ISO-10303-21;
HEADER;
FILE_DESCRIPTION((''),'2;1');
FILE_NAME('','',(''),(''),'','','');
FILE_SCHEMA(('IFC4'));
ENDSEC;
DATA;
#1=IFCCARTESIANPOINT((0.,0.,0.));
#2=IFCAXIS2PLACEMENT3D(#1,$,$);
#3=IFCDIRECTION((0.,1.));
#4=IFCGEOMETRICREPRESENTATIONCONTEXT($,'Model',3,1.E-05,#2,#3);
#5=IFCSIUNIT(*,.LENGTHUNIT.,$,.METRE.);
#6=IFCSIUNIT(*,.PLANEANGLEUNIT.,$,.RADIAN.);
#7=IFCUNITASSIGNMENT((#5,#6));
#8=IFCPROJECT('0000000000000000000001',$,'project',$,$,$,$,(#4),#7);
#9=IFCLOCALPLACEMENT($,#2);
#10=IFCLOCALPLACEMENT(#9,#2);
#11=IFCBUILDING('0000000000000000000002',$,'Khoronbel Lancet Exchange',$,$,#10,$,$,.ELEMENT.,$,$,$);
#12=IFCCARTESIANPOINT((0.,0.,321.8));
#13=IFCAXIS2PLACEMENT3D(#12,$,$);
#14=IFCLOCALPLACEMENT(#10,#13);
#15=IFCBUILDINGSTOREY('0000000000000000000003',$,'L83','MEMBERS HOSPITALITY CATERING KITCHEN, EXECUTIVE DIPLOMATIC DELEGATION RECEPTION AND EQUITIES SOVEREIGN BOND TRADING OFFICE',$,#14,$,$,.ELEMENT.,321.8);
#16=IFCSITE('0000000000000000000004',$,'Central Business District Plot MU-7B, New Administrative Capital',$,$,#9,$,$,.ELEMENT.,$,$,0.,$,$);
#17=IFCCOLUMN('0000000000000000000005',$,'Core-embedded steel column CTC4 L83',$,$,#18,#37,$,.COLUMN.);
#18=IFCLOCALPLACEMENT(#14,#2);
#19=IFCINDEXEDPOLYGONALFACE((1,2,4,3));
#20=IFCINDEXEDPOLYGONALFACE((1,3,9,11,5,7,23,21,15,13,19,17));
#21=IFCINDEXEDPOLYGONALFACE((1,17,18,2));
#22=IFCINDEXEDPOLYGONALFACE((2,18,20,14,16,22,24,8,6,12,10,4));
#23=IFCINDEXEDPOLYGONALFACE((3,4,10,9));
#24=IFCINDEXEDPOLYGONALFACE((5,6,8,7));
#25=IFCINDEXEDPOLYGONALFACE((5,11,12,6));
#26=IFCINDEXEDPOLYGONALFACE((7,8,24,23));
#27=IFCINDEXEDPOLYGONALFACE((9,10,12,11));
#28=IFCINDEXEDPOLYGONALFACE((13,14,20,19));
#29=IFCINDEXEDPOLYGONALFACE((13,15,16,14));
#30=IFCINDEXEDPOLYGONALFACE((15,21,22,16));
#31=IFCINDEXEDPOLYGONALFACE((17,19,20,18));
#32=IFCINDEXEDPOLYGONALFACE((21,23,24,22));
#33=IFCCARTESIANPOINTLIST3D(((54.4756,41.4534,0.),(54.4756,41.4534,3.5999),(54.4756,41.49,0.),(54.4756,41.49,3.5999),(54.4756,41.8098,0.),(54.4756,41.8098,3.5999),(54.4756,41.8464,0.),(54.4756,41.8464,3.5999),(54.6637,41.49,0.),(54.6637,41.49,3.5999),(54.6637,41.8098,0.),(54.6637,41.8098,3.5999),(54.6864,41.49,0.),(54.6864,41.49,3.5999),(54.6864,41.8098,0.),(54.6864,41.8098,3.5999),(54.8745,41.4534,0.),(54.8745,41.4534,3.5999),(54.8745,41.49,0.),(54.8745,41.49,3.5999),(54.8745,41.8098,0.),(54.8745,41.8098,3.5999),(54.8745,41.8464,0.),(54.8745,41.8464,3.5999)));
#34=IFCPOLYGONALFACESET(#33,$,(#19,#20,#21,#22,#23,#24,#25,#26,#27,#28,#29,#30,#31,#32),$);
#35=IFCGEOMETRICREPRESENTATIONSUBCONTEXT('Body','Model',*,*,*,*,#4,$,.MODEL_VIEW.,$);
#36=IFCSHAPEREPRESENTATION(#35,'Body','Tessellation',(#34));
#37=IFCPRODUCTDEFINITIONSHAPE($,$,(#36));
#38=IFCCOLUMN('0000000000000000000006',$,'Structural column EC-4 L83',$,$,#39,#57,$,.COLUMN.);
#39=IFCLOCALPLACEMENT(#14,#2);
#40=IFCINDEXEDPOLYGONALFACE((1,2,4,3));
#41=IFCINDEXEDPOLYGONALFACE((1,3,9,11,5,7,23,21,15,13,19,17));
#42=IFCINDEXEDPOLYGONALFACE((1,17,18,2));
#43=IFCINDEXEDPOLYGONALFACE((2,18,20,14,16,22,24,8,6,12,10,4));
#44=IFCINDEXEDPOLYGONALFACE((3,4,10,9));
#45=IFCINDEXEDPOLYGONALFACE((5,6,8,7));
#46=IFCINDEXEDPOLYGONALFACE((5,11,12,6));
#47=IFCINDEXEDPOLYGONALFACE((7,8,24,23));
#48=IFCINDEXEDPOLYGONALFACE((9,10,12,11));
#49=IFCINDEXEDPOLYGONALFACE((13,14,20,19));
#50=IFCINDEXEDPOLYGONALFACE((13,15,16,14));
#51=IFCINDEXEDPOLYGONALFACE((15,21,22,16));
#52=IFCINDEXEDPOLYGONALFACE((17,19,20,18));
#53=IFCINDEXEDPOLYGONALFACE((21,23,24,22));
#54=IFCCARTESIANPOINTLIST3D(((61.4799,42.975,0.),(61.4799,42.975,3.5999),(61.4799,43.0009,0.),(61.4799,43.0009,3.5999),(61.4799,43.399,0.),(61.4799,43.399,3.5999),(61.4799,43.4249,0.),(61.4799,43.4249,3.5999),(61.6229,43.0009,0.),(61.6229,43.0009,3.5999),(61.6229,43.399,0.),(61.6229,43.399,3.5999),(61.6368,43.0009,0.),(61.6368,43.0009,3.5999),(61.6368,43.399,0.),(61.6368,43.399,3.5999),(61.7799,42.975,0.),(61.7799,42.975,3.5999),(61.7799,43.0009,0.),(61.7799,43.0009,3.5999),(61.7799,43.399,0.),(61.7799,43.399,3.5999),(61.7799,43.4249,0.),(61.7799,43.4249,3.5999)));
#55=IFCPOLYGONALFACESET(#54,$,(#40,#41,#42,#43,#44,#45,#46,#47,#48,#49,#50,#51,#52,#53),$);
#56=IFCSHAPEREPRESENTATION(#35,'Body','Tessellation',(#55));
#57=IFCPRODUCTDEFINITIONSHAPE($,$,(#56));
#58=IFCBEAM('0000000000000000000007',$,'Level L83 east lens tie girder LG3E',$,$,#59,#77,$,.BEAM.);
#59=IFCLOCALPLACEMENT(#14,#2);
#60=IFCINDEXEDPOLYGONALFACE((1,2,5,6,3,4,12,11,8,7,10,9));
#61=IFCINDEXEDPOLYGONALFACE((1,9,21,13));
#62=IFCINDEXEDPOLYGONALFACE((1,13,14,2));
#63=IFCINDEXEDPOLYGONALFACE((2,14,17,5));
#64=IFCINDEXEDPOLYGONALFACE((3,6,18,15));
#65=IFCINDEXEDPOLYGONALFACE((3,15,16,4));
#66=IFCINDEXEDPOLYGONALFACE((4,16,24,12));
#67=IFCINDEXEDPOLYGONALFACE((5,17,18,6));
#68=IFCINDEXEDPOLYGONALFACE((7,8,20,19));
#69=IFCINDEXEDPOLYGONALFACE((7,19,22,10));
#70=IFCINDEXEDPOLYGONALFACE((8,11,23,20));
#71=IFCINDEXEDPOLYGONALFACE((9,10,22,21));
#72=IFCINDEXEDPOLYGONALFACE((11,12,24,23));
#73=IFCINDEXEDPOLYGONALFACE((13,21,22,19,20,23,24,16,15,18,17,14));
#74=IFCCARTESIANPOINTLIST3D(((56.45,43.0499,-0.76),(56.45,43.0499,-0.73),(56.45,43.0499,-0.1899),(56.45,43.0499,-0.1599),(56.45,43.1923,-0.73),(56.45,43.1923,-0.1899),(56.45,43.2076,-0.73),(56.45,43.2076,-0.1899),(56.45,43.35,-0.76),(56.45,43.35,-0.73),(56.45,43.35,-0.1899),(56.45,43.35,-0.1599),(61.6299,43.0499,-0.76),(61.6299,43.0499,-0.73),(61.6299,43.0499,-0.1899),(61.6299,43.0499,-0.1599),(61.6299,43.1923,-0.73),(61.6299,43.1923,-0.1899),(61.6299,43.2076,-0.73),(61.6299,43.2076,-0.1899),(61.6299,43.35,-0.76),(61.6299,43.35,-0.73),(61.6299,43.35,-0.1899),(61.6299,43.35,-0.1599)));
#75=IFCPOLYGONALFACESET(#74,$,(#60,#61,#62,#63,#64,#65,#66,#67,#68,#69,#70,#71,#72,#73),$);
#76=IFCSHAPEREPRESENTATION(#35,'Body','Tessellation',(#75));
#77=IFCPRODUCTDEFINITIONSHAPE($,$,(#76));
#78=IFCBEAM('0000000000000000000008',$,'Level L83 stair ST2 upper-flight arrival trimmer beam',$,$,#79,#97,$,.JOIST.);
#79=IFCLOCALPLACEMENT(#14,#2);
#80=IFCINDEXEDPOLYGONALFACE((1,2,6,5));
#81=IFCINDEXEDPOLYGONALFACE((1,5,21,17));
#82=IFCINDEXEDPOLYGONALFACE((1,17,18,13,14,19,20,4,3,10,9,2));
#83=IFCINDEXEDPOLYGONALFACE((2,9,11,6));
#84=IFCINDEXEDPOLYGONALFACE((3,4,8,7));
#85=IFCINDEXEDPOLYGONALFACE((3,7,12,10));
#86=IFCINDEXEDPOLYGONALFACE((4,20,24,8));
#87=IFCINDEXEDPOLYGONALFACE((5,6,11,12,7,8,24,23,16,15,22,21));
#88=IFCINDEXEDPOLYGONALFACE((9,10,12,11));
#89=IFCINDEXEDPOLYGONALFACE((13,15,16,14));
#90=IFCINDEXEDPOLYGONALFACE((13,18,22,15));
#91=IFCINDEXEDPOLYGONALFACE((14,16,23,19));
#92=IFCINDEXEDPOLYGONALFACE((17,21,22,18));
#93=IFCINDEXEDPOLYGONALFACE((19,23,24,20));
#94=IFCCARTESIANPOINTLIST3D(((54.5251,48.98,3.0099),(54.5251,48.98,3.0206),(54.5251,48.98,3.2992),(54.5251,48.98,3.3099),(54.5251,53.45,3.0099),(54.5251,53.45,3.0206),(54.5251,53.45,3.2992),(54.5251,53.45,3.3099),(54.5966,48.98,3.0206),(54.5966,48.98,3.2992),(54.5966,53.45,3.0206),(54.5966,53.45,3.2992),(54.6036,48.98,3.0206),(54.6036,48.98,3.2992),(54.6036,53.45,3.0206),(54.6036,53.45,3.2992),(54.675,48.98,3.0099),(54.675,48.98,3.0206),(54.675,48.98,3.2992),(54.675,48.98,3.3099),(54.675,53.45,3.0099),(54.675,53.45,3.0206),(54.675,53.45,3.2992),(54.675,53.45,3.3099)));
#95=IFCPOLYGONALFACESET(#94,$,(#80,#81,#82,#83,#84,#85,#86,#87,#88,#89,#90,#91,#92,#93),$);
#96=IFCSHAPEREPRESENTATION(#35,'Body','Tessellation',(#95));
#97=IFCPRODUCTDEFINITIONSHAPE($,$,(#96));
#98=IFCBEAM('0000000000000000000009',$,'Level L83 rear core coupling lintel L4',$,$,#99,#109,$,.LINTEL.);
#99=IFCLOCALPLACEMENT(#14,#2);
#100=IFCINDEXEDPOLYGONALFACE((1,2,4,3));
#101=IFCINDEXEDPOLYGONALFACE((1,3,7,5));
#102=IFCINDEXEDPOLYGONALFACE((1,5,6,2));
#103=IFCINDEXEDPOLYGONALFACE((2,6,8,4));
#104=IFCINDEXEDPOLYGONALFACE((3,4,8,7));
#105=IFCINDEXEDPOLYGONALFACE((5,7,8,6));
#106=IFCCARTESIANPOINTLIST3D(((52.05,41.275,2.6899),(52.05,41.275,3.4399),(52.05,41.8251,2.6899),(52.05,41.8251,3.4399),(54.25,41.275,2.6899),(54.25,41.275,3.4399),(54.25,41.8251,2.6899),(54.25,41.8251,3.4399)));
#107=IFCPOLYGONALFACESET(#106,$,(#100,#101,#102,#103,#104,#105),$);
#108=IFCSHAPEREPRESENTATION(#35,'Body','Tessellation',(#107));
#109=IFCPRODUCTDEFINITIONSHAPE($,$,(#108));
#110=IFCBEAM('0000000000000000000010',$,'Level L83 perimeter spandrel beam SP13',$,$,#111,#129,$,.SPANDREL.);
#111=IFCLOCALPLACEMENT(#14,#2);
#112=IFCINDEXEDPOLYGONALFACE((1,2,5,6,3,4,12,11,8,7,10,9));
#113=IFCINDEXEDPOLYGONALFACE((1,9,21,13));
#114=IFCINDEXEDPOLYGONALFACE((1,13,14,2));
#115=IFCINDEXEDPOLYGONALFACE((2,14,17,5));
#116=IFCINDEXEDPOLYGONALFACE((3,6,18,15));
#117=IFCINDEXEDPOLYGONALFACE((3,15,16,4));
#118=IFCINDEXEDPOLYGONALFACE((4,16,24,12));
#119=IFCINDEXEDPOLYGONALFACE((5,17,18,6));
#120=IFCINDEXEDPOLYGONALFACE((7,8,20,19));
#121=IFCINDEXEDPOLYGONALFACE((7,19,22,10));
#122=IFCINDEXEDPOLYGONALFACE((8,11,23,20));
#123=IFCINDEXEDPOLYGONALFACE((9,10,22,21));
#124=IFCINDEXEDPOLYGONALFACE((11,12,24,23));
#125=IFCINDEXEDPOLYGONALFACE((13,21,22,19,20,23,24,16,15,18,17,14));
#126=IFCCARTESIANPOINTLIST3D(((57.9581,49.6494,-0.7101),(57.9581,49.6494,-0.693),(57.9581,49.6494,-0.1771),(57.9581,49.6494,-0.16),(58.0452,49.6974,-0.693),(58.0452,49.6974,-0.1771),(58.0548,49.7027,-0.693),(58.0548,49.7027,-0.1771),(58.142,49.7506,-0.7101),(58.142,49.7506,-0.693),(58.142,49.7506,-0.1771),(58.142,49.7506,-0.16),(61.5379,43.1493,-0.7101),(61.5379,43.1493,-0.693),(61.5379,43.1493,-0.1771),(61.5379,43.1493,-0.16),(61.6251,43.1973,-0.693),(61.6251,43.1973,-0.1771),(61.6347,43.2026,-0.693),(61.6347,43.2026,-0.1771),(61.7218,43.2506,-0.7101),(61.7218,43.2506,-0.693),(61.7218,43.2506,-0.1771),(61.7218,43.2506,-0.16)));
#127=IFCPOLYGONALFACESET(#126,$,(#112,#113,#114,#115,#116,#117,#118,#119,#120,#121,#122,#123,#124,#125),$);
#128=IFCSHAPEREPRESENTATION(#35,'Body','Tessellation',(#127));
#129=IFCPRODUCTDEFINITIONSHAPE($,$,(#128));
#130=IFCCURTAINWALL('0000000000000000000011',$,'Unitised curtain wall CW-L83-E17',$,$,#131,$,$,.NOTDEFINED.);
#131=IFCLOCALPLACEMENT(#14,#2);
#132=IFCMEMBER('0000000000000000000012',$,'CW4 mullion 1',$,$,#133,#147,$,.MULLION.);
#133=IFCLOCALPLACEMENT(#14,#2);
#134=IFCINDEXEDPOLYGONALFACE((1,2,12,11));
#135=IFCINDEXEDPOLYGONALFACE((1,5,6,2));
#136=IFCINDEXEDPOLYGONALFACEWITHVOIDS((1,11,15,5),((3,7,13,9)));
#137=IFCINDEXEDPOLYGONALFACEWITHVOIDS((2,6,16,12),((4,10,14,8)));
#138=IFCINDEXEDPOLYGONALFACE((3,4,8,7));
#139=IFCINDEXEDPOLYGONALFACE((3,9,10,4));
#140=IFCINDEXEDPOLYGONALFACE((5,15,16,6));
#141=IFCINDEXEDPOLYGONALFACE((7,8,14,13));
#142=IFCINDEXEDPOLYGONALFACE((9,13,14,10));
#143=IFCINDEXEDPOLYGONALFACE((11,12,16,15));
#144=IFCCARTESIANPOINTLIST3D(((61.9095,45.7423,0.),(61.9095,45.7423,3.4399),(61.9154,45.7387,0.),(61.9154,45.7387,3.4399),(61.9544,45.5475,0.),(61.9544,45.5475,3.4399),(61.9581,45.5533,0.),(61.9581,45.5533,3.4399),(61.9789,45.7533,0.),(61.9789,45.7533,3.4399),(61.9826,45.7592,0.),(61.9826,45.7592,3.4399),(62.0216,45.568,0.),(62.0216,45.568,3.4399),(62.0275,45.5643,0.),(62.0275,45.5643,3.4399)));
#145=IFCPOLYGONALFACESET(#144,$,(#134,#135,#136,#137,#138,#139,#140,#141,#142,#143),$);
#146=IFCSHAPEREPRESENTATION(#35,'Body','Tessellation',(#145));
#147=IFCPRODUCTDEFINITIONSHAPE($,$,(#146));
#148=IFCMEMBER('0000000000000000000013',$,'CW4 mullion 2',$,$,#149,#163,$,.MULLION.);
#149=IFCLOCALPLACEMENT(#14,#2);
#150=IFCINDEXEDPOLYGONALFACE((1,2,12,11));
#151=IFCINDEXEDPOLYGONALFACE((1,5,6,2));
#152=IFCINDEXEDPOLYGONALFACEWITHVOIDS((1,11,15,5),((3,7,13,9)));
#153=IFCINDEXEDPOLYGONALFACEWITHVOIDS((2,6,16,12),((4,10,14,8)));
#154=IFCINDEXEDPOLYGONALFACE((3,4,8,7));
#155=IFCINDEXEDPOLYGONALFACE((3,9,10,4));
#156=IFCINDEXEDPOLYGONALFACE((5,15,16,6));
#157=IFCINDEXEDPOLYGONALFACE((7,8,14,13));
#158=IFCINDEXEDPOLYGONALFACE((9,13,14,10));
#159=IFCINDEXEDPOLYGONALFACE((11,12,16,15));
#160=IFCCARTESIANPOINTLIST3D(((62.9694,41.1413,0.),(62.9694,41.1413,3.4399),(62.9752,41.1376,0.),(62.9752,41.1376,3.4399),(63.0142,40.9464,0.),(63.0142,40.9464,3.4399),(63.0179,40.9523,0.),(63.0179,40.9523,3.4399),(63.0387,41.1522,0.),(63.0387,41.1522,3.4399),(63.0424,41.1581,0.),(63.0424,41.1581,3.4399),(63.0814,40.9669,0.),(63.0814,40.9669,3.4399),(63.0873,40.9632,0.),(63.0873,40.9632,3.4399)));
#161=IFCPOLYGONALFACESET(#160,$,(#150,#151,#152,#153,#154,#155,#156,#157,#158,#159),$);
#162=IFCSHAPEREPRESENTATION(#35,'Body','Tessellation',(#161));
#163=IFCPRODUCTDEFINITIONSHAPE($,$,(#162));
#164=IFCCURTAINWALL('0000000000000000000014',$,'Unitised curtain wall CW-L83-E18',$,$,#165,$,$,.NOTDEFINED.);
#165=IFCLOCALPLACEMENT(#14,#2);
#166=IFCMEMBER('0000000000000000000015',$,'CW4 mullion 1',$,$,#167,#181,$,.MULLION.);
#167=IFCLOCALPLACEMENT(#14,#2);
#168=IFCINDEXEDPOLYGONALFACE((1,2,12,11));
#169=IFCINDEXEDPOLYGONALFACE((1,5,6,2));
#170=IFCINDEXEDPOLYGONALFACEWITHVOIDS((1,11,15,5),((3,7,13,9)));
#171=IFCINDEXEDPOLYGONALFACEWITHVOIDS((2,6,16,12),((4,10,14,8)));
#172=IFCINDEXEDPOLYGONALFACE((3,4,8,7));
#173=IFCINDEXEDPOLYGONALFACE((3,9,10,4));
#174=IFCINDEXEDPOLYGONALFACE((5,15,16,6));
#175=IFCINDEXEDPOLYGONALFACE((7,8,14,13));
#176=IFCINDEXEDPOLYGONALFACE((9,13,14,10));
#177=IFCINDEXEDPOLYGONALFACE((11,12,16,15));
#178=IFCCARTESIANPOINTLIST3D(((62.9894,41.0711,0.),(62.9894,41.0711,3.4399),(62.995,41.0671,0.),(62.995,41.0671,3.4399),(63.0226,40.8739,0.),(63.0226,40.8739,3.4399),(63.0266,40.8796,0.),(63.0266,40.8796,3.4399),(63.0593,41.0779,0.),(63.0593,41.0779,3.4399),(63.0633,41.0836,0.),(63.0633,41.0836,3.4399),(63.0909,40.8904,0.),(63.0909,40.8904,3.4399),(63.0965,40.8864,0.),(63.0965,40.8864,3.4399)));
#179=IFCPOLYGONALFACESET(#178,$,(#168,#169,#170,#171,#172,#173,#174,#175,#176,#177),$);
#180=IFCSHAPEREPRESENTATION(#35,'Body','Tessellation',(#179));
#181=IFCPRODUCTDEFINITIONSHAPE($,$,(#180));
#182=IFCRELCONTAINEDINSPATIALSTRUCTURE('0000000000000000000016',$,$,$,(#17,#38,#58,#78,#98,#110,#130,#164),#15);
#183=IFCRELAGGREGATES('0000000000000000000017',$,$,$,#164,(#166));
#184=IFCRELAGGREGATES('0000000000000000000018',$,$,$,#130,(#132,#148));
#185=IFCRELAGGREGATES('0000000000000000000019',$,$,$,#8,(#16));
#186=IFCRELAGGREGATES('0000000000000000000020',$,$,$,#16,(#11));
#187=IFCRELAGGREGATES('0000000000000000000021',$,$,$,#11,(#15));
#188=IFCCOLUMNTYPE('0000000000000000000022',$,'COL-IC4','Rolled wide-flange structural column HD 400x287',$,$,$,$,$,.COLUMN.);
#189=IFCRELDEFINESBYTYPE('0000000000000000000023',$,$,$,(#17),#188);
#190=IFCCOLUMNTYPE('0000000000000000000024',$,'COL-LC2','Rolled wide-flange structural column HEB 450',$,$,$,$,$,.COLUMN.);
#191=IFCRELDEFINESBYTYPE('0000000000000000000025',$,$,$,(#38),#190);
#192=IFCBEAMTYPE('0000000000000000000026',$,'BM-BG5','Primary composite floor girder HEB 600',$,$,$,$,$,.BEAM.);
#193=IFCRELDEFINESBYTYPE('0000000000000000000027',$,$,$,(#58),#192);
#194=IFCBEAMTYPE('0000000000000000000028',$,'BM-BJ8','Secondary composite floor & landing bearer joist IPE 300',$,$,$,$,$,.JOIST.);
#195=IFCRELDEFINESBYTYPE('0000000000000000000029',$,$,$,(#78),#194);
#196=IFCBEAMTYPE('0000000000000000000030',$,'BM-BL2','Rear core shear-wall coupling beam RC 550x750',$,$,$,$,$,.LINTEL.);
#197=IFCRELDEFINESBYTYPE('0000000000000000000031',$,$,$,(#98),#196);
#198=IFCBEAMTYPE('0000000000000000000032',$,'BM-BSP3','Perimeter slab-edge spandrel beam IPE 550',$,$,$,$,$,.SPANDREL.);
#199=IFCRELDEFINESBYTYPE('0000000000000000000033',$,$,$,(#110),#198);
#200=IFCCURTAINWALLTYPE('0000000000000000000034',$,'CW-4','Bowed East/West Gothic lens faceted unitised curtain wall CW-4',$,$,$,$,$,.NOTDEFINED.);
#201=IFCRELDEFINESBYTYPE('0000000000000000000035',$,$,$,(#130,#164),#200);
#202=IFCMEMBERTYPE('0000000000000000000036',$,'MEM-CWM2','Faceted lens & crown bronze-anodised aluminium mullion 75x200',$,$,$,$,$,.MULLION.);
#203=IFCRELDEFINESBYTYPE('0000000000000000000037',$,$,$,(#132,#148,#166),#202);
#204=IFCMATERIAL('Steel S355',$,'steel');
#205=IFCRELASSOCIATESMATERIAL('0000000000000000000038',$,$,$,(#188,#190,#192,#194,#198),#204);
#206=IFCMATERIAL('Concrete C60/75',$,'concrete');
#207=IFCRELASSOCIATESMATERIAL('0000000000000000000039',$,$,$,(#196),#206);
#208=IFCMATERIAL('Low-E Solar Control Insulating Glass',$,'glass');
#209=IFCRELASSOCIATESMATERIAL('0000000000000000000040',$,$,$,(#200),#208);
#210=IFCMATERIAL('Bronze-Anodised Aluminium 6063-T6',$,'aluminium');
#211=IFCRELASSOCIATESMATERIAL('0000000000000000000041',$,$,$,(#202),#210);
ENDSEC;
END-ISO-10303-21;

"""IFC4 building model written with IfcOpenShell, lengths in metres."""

from ifc_helpers import new_model, si_unit, direction, frame, origin, origin_2d, place, context, subcontext, project, spatial, rectangle, hollow_rectangle, i_section, extrude, material, material_profile, profile_set, type_object, element, aggregate, save


model = new_model("IFC4")

# Units and contexts
model_context = context("Model", 3, precision=1e-05, world=origin(), true_north=direction((0.0, 1.0)))
body_context = subcontext(model_context, "Body", "Model", "MODEL_VIEW")
ifc_project = project(units=[si_unit("LENGTHUNIT", "METRE"), si_unit("PLANEANGLEUNIT", "RADIAN")], contexts=[model_context])

# Site, building, storey
site_placement = place(None, origin())
site = spatial("IfcSite", under=ifc_project, at=site_placement, Name="Central Business District Plot MU-7B, New Administrative Capital", CompositionType="ELEMENT", RefElevation=0.0)
building_placement = place(site_placement, origin())
building = spatial("IfcBuilding", under=site, at=building_placement, Name="Khoronbel Lancet Exchange", CompositionType="ELEMENT")
storey_placement = place(building_placement, frame((0.0, 0.0, 321.8)))
storey = spatial("IfcBuildingStorey", under=building, at=storey_placement, Name="L83", Description="MEMBERS HOSPITALITY CATERING KITCHEN, EXECUTIVE DIPLOMATIC DELEGATION RECEPTION AND EQUITIES SOVEREIGN BOND TRADING OFFICE", CompositionType="ELEMENT", Elevation=321.8)

# Columns
ifc_material_1 = material(Name="Steel S355", Category="steel")
ifc_material_profile_1 = material_profile(ifc_material_1, i_section(OverallWidth=0.3989, OverallDepth=0.3931, WebThickness=0.0227, FlangeThickness=0.0366, at=origin_2d()), Name="HD 400x287")
ifc_profile_set_1 = profile_set([ifc_material_profile_1], Name="Steel S355")
column_type_1 = type_object("IfcColumnType", Name="COL-IC4", Description="Rolled wide-flange structural column HD 400x287", PredefinedType="COLUMN", material=ifc_profile_set_1)
column_1_placement = place(storey_placement, frame((54.675, 41.6499, 0.0), z_axis=(0.0, 0.0, 1.0), x_axis=(1.0, 0.0, 0.0)))
element("IfcColumn", 1, at=column_1_placement, inside=storey, type_object=column_type_1, Name="Core-embedded steel column CTC4 L83", PredefinedType="COLUMN", context=body_context, shape_type="SweptSolid", body=[
    extrude(i_section(OverallWidth=0.3989, OverallDepth=0.3931, WebThickness=0.0227, FlangeThickness=0.0366, at=origin_2d()), origin(), (0.0, 0.0, 1.0), 3.5999),
])
ifc_material_profile_2 = material_profile(ifc_material_1, i_section(OverallWidth=0.3, OverallDepth=0.45, WebThickness=0.0139, FlangeThickness=0.0259, at=origin_2d()), Name="HEB 450")
ifc_profile_set_2 = profile_set([ifc_material_profile_2], Name="Steel S355")
column_type_2 = type_object("IfcColumnType", Name="COL-LC2", Description="Rolled wide-flange structural column HEB 450", PredefinedType="COLUMN", material=ifc_profile_set_2)
column_2_placement = place(storey_placement, frame((61.6299, 43.2, 0.0), z_axis=(0.0, 0.0, 1.0), x_axis=(1.0, 0.0, 0.0)))
element("IfcColumn", 2, at=column_2_placement, inside=storey, type_object=column_type_2, Name="Structural column EC-4 L83", PredefinedType="COLUMN", context=body_context, shape_type="SweptSolid", body=[
    extrude(i_section(OverallWidth=0.3, OverallDepth=0.45, WebThickness=0.0139, FlangeThickness=0.0259, at=origin_2d()), origin(), (0.0, 0.0, 1.0), 3.5999),
])

# Beams
ifc_material_profile_3 = material_profile(ifc_material_1, i_section(OverallWidth=0.3, OverallDepth=0.6001, WebThickness=0.0154, FlangeThickness=0.03, at=origin_2d()), Name="HEB 600")
ifc_profile_set_3 = profile_set([ifc_material_profile_3], Name="Steel S355")
beam_type_1 = type_object("IfcBeamType", Name="BM-BG5", Description="Primary composite floor girder HEB 600", PredefinedType="BEAM", material=ifc_profile_set_3)
beam_1_placement = place(storey_placement, frame((56.45, 43.2, -0.46), z_axis=(1.0, 0.0, 0.0), x_axis=(0.0, 1.0, 0.0)))
element("IfcBeam", 3, at=beam_1_placement, inside=storey, type_object=beam_type_1, Name="Level L83 east lens tie girder LG3E", PredefinedType="BEAM", context=body_context, shape_type="SweptSolid", body=[
    extrude(i_section(OverallWidth=0.3, OverallDepth=0.6001, WebThickness=0.0154, FlangeThickness=0.03, at=origin_2d()), origin(), (0.0, 0.0, 1.0), 5.1799),
])
ifc_material_profile_4 = material_profile(ifc_material_1, i_section(OverallWidth=0.1499, OverallDepth=0.3, WebThickness=0.0071, FlangeThickness=0.0107, at=origin_2d()), Name="IPE 300")
ifc_profile_set_4 = profile_set([ifc_material_profile_4], Name="Steel S355")
beam_type_2 = type_object("IfcBeamType", Name="BM-BJ8", Description="Secondary composite floor & landing bearer joist IPE 300", PredefinedType="JOIST", material=ifc_profile_set_4)
beam_2_placement = place(storey_placement, frame((54.6001, 48.98, 3.1599), z_axis=(0.0, 1.0, 0.0), x_axis=(-1.0, 0.0, 0.0)))
element("IfcBeam", 4, at=beam_2_placement, inside=storey, type_object=beam_type_2, Name="Level L83 stair ST2 upper-flight arrival trimmer beam", PredefinedType="JOIST", context=body_context, shape_type="SweptSolid", body=[
    extrude(i_section(OverallWidth=0.1499, OverallDepth=0.3, WebThickness=0.0071, FlangeThickness=0.0107, at=origin_2d()), origin(), (0.0, 0.0, 1.0), 4.47),
])
ifc_material_2 = material(Name="Concrete C60/75", Category="concrete")
ifc_material_profile_5 = material_profile(ifc_material_2, rectangle(XDim=0.55, YDim=0.75, at=origin_2d()), Name="RC 550x750")
ifc_profile_set_5 = profile_set([ifc_material_profile_5], Name="Concrete C60/75")
beam_type_3 = type_object("IfcBeamType", Name="BM-BL2", Description="Rear core shear-wall coupling beam RC 550x750", PredefinedType="LINTEL", material=ifc_profile_set_5)
beam_3_placement = place(storey_placement, frame((52.05, 41.55, 3.0649), z_axis=(1.0, 0.0, 0.0), x_axis=(0.0, 1.0, 0.0)))
element("IfcBeam", 5, at=beam_3_placement, inside=storey, type_object=beam_type_3, Name="Level L83 rear core coupling lintel L4", PredefinedType="LINTEL", context=body_context, shape_type="SweptSolid", body=[
    extrude(rectangle(XDim=0.55, YDim=0.75, at=origin_2d()), origin(), (0.0, 0.0, 1.0), 2.2),
])
ifc_material_profile_6 = material_profile(ifc_material_1, i_section(OverallWidth=0.21, OverallDepth=0.55, WebThickness=0.011, FlangeThickness=0.0171, at=origin_2d()), Name="IPE 550")
ifc_profile_set_6 = profile_set([ifc_material_profile_6], Name="Steel S355")
beam_type_4 = type_object("IfcBeamType", Name="BM-BSP3", Description="Perimeter slab-edge spandrel beam IPE 550", PredefinedType="SPANDREL", material=ifc_profile_set_6)
beam_4_placement = place(storey_placement, frame((61.6299, 43.2, -0.4351), z_axis=(-0.482419, 0.875941, 0.0), x_axis=(-0.875941, -0.482419, 0.0)))
element("IfcBeam", 6, at=beam_4_placement, inside=storey, type_object=beam_type_4, Name="Level L83 perimeter spandrel beam SP13", PredefinedType="SPANDREL", context=body_context, shape_type="SweptSolid", body=[
    extrude(i_section(OverallWidth=0.21, OverallDepth=0.55, WebThickness=0.011, FlangeThickness=0.0171, at=origin_2d()), origin(), (0.0, 0.0, 1.0), 7.4207),
])

# Curtain wall, members
ifc_material_3 = material(Name="Low-E Solar Control Insulating Glass", Category="glass")
curtain_wall_type = type_object("IfcCurtainWallType", Name="CW-4", Description="Bowed East/West Gothic lens faceted unitised curtain wall CW-4", PredefinedType="NOTDEFINED", material=ifc_material_3)
curtain_wall_1_placement = place(storey_placement, origin())
curtain_wall_1 = element("IfcCurtainWall", 7, at=curtain_wall_1_placement, inside=storey, type_object=curtain_wall_type, Name="Unitised curtain wall CW-L83-E17", PredefinedType="NOTDEFINED")
ifc_material_4 = material(Name="Bronze-Anodised Aluminium 6063-T6", Category="aluminium")
ifc_material_profile_7 = material_profile(ifc_material_4, hollow_rectangle(XDim=0.075, YDim=0.2, WallThickness=0.0049, at=origin_2d()), Name="ALU MULLION 75x200")
ifc_profile_set_7 = profile_set([ifc_material_profile_7], Name="Bronze-Anodised Aluminium 6063-T6")
member_type_1 = type_object("IfcMemberType", Name="MEM-CWM2", Description="Faceted lens & crown bronze-anodised aluminium mullion 75x200", PredefinedType="MULLION", material=ifc_profile_set_7)
member_1_placement = place(storey_placement, frame((61.9685, 45.6533, 0.0), z_axis=(0.0, 0.0, 1.0), x_axis=(0.97448, 0.224476, 0.0)))
member_1 = element("IfcMember", 8, at=member_1_placement, type_object=member_type_1, Name="CW4 mullion 1", PredefinedType="MULLION", context=body_context, shape_type="SweptSolid", body=[
    extrude(hollow_rectangle(XDim=0.075, YDim=0.2, WallThickness=0.0049, at=origin_2d()), origin(), (0.0, 0.0, 1.0), 3.4399),
])
member_2_placement = place(storey_placement, frame((63.0283, 41.0522, 0.0), z_axis=(0.0, 0.0, 1.0), x_axis=(0.97448, 0.224476, 0.0)))
member_2 = element("IfcMember", 9, at=member_2_placement, type_object=member_type_1, Name="CW4 mullion 2", PredefinedType="MULLION", context=body_context, shape_type="SweptSolid", body=[
    extrude(hollow_rectangle(XDim=0.075, YDim=0.2, WallThickness=0.0049, at=origin_2d()), origin(), (0.0, 0.0, 1.0), 3.4399),
])

# Curtain wall, member
curtain_wall_2_placement = place(storey_placement, origin())
curtain_wall_2 = element("IfcCurtainWall", 10, at=curtain_wall_2_placement, inside=storey, type_object=curtain_wall_type, Name="Unitised curtain wall CW-L83-E18", PredefinedType="NOTDEFINED")
member_3_placement = place(storey_placement, frame((63.043, 40.9788, 0.0), z_axis=(0.0, 0.0, 1.0), x_axis=(0.986075, 0.166303, 0.0)))
member_3 = element("IfcMember", 11, at=member_3_placement, type_object=member_type_1, Name="CW4 mullion 1", PredefinedType="MULLION", context=body_context, shape_type="SweptSolid", body=[
    extrude(hollow_rectangle(XDim=0.075, YDim=0.2, WallThickness=0.0049, at=origin_2d()), origin(), (0.0, 0.0, 1.0), 3.4399),
])

aggregate(curtain_wall_2, [member_3])
aggregate(curtain_wall_1, [member_1, member_2])

save(model, "model.ifc")
